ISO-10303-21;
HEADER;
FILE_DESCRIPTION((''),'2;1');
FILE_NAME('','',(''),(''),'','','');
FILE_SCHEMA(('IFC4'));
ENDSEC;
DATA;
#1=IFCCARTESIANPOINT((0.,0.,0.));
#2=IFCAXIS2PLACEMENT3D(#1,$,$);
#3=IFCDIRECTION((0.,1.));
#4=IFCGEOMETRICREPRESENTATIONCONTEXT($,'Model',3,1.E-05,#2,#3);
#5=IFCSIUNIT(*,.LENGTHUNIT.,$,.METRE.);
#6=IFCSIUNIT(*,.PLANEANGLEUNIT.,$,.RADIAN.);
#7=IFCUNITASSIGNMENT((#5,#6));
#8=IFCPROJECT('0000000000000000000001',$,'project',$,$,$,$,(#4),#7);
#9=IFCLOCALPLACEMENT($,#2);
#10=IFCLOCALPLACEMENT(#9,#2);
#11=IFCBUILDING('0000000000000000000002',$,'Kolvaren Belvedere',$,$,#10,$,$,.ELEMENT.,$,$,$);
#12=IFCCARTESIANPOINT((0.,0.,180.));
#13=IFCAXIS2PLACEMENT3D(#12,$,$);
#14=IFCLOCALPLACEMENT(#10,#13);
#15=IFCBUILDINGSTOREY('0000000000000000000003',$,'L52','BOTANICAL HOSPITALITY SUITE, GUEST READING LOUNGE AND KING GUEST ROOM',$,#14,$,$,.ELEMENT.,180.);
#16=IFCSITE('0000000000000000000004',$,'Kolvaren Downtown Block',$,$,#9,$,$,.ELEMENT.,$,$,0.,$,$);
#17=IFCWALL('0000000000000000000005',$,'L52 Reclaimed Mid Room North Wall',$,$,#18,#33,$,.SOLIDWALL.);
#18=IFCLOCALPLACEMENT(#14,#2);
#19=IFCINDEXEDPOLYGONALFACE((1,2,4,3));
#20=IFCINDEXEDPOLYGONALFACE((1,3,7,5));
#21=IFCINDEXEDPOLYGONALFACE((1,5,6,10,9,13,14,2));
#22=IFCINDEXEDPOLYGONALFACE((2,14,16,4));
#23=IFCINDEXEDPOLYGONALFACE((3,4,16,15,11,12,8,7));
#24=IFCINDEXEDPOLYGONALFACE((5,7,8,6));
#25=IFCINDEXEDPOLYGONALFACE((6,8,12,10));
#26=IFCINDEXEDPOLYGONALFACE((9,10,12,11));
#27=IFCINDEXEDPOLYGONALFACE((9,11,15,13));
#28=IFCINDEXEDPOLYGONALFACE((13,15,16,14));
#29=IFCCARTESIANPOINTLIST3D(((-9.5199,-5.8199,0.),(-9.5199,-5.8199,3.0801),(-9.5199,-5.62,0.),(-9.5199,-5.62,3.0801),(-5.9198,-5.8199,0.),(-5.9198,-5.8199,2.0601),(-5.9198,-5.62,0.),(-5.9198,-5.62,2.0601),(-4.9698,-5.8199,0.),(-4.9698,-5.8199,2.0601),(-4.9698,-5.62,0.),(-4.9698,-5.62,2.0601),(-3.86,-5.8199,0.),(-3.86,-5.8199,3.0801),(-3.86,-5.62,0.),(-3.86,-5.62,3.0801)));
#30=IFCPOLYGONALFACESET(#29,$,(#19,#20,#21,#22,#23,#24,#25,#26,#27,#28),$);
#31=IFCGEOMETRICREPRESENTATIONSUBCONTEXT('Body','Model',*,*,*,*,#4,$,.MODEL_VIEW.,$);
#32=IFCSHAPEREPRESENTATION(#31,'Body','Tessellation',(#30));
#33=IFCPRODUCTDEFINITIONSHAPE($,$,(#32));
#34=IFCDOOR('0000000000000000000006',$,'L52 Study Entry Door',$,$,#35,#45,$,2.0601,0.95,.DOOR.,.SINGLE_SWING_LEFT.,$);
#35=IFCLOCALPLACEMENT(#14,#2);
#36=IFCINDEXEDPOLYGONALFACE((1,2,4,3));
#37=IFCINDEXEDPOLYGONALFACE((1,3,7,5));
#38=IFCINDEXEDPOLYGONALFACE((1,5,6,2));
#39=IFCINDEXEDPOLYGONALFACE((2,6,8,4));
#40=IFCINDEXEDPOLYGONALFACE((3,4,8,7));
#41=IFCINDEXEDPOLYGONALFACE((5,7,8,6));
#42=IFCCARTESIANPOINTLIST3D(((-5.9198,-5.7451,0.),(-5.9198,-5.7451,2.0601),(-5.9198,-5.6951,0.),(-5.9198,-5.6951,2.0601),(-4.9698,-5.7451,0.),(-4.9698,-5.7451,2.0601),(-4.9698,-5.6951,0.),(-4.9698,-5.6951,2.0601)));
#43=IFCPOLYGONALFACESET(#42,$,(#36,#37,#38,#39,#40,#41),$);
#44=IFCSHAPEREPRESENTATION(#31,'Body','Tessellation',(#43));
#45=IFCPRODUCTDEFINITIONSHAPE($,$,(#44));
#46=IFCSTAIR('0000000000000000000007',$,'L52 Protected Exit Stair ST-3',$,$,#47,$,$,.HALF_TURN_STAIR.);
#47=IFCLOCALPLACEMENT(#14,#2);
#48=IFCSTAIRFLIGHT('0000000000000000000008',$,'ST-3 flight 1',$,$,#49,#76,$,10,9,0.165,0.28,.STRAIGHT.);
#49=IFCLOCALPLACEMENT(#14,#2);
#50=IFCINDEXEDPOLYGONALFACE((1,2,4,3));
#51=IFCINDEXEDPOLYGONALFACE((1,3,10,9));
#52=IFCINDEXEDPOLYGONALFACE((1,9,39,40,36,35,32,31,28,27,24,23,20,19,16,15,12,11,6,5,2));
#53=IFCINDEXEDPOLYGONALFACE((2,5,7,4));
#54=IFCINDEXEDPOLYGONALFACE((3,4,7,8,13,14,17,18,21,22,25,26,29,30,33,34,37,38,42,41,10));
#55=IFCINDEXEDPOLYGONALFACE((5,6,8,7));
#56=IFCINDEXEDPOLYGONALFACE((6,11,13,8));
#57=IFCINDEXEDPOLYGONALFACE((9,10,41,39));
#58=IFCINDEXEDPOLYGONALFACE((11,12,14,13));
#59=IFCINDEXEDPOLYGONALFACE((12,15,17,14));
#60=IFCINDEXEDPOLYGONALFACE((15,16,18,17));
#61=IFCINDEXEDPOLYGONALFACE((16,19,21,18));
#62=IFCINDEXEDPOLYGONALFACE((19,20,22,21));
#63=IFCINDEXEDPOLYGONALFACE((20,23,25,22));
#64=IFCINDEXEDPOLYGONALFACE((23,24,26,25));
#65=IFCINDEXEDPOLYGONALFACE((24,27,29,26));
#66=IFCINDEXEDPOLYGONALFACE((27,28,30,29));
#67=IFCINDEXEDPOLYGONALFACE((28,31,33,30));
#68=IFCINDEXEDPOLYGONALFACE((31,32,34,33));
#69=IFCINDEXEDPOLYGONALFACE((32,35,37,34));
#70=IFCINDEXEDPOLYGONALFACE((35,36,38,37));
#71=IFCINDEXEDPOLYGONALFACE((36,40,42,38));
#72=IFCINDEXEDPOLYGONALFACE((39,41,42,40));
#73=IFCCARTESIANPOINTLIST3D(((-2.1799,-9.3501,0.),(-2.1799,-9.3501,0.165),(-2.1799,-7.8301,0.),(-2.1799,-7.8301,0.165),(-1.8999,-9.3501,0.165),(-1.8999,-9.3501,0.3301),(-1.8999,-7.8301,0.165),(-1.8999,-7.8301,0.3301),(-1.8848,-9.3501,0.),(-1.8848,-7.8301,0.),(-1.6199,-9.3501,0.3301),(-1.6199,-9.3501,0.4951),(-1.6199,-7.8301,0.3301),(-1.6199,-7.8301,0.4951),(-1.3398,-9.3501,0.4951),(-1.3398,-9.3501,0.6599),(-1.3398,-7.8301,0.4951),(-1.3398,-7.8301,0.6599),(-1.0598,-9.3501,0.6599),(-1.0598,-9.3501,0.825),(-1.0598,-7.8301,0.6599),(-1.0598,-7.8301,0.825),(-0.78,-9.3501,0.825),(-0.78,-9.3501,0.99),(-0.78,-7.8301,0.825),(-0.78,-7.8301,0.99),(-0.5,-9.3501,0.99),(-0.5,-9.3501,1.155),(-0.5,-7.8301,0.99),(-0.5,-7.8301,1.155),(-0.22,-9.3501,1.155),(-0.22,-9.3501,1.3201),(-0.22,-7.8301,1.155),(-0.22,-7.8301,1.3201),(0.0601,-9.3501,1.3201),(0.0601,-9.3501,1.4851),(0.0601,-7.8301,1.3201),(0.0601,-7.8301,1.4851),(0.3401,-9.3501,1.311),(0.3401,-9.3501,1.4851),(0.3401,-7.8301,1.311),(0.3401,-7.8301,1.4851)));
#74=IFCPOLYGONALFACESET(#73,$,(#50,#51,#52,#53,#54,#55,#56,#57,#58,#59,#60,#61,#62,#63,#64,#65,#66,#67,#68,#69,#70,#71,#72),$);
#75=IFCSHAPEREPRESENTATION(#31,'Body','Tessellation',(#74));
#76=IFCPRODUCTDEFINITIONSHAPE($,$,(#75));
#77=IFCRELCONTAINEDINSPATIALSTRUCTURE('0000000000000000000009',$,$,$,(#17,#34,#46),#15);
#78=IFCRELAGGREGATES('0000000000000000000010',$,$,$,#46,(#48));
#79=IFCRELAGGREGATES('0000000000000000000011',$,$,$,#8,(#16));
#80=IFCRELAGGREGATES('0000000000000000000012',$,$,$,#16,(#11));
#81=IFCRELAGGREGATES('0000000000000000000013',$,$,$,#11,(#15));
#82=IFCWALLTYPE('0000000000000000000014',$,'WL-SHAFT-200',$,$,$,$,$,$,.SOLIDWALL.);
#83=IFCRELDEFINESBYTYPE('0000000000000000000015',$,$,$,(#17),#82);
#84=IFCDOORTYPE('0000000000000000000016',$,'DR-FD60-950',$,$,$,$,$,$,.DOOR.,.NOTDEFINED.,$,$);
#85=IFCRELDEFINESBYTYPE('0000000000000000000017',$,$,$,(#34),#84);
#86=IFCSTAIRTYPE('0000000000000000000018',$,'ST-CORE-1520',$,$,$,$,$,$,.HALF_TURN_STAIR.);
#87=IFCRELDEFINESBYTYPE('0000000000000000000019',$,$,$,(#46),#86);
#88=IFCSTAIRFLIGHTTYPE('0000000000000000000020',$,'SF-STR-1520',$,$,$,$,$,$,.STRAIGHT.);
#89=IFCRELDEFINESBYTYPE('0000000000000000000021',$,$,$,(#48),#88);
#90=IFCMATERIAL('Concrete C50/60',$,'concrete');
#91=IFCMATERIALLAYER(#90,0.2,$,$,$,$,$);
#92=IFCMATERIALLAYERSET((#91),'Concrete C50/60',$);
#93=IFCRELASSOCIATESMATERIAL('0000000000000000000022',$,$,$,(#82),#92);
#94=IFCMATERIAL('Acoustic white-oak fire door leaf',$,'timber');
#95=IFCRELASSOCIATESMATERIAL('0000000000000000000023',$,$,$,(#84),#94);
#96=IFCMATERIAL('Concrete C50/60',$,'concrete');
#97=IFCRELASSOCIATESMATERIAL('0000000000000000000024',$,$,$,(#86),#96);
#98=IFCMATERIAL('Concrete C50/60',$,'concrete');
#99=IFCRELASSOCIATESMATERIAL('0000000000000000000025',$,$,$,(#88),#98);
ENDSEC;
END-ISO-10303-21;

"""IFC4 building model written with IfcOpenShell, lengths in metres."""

from ifc_helpers import new_model, si_unit, direction, frame, frame_2d, origin, place, context, subcontext, project, spatial, polyline, rectangle, outline, extrude, material, layer, layer_set, type_object, element, fill, aggregate, save


model = new_model("IFC4")

# Units and contexts
model_context = context("Model", 3, precision=1e-05, world=origin(), true_north=direction((0.0, 1.0)))
body_context = subcontext(model_context, "Body", "Model", "MODEL_VIEW")
ifc_project = project(units=[si_unit("LENGTHUNIT", "METRE"), si_unit("PLANEANGLEUNIT", "RADIAN")], contexts=[model_context])

# Site, building, storey
site_placement = place(None, origin())
site = spatial("IfcSite", under=ifc_project, at=site_placement, Name="Kolvaren Downtown Block", CompositionType="ELEMENT", RefElevation=0.0)
building_placement = place(site_placement, origin())
building = spatial("IfcBuilding", under=site, at=building_placement, Name="Kolvaren Belvedere", CompositionType="ELEMENT")
storey_placement = place(building_placement, frame((0.0, 0.0, 180.0)))
storey = spatial("IfcBuildingStorey", under=building, at=storey_placement, Name="L52", Description="BOTANICAL HOSPITALITY SUITE, GUEST READING LOUNGE AND KING GUEST ROOM", CompositionType="ELEMENT", Elevation=180.0)

# Shared definitions
ifc_material_1 = material(Name="Concrete C50/60", Category="concrete")
ifc_layer_1 = layer(ifc_material_1, 0.2)
ifc_layer_set_1 = layer_set([ifc_layer_1], Name="Concrete C50/60")
wall_type_1 = type_object("IfcWallType", Name="WL-SHAFT-200", PredefinedType="SOLIDWALL", material=ifc_layer_set_1)
ifc_material_2 = material(Name="Acoustic white-oak fire door leaf", Category="timber")
door_type_1 = type_object("IfcDoorType", Name="DR-FD60-950", OperationType="NOTDEFINED", PredefinedType="DOOR", material=ifc_material_2)

# Wall, opening, door
wall_1_placement = place(storey_placement, frame((-9.52, -5.72, 0.0), z_axis=(0.0, 0.0, 1.0), x_axis=(1.0, 0.0, 0.0)))
wall_1 = element("IfcWall", 1, at=wall_1_placement, inside=storey, type_object=wall_type_1, Name="L52 Reclaimed Mid Room North Wall", PredefinedType="SOLIDWALL", context=body_context, shape_type="SweptSolid", body=[
    extrude(rectangle(XDim=5.6599, YDim=0.2, at=frame_2d((2.8301, 0.0))), origin(), (0.0, 0.0, 1.0), 3.0801),
])
opening_1_placement = place(wall_1_placement, frame((3.6001, 0.0, 0.0)))
opening_1 = element("IfcOpeningElement", 2, at=opening_1_placement, cuts=wall_1, PredefinedType="OPENING", context=body_context, shape_type="SweptSolid", body=[
    extrude(rectangle(XDim=0.95, YDim=2.0601, at=frame_2d((0.4751, 1.03))), frame((0.0, 0.1099, 0.0), z_axis=(0.0, -1.0, 0.0), x_axis=(1.0, 0.0, 0.0)), (0.0, 0.0, 1.0), 0.22),
])
door_1_placement = place(opening_1_placement, origin())
door_1 = element("IfcDoor", 3, at=door_1_placement, inside=storey, type_object=door_type_1, Name="L52 Study Entry Door", OperationType="SINGLE_SWING_LEFT", OverallHeight=2.0601, OverallWidth=0.95, PredefinedType="DOOR", context=body_context, shape_type="SweptSolid", body=[
    extrude(rectangle(XDim=0.95, YDim=2.0601, at=frame_2d((0.4751, 1.03))), frame((0.0, 0.0249, 0.0), z_axis=(0.0, -1.0, 0.0), x_axis=(1.0, 0.0, 0.0)), (0.0, 0.0, 1.0), 0.05),
])
fill(opening_1, door_1)

# Stair, stair flight
ifc_material_3 = material(Name="Concrete C50/60", Category="concrete")
stair_type = type_object("IfcStairType", Name="ST-CORE-1520", PredefinedType="HALF_TURN_STAIR", material=ifc_material_3)
stair_placement = place(storey_placement, origin())
stair = element("IfcStair", 4, at=stair_placement, inside=storey, type_object=stair_type, Name="L52 Protected Exit Stair ST-3", PredefinedType="HALF_TURN_STAIR")
ifc_material_4 = material(Name="Concrete C50/60", Category="concrete")
stair_flight_type = type_object("IfcStairFlightType", Name="SF-STR-1520", PredefinedType="STRAIGHT", material=ifc_material_4)
stair_flight_placement = place(storey_placement, frame((-2.1799, -8.5901, 0.0), z_axis=(0.0, 0.0, 1.0), x_axis=(1.0, 0.0, 0.0)))
stair_flight = element("IfcStairFlight", 5, at=stair_flight_placement, type_object=stair_flight_type, Name="ST-3 flight 1", NumberOfRisers=10, NumberOfTreads=9, PredefinedType="STRAIGHT", RiserHeight=0.165, TreadLength=0.28, context=body_context, shape_type="SweptSolid", body=[
    extrude(outline(polyline([(0.0, 0.0), (0.0, 0.165), (0.28, 0.165), (0.28, 0.3301), (0.5601, 0.3301), (0.5601, 0.4951), (0.8401, 0.4951), (0.8401, 0.6599), (1.1201, 0.6599), (1.1201, 0.825), (1.3999, 0.825), (1.3999, 0.99), (1.6799, 0.99), (1.6799, 1.155), (1.96, 1.155), (1.96, 1.3201), (2.24, 1.3201), (2.24, 1.4851), (2.52, 1.4851), (2.52, 1.6499), (2.52, 1.311), (0.2952, 0.0), (0.0, 0.0)])), frame((0.0, 0.76, 0.0), z_axis=(0.0, -1.0, 0.0), x_axis=(1.0, 0.0, 0.0)), (0.0, 0.0, 1.0), 1.52),
])
aggregate(stair, [stair_flight])

save(model, "model.ifc")
